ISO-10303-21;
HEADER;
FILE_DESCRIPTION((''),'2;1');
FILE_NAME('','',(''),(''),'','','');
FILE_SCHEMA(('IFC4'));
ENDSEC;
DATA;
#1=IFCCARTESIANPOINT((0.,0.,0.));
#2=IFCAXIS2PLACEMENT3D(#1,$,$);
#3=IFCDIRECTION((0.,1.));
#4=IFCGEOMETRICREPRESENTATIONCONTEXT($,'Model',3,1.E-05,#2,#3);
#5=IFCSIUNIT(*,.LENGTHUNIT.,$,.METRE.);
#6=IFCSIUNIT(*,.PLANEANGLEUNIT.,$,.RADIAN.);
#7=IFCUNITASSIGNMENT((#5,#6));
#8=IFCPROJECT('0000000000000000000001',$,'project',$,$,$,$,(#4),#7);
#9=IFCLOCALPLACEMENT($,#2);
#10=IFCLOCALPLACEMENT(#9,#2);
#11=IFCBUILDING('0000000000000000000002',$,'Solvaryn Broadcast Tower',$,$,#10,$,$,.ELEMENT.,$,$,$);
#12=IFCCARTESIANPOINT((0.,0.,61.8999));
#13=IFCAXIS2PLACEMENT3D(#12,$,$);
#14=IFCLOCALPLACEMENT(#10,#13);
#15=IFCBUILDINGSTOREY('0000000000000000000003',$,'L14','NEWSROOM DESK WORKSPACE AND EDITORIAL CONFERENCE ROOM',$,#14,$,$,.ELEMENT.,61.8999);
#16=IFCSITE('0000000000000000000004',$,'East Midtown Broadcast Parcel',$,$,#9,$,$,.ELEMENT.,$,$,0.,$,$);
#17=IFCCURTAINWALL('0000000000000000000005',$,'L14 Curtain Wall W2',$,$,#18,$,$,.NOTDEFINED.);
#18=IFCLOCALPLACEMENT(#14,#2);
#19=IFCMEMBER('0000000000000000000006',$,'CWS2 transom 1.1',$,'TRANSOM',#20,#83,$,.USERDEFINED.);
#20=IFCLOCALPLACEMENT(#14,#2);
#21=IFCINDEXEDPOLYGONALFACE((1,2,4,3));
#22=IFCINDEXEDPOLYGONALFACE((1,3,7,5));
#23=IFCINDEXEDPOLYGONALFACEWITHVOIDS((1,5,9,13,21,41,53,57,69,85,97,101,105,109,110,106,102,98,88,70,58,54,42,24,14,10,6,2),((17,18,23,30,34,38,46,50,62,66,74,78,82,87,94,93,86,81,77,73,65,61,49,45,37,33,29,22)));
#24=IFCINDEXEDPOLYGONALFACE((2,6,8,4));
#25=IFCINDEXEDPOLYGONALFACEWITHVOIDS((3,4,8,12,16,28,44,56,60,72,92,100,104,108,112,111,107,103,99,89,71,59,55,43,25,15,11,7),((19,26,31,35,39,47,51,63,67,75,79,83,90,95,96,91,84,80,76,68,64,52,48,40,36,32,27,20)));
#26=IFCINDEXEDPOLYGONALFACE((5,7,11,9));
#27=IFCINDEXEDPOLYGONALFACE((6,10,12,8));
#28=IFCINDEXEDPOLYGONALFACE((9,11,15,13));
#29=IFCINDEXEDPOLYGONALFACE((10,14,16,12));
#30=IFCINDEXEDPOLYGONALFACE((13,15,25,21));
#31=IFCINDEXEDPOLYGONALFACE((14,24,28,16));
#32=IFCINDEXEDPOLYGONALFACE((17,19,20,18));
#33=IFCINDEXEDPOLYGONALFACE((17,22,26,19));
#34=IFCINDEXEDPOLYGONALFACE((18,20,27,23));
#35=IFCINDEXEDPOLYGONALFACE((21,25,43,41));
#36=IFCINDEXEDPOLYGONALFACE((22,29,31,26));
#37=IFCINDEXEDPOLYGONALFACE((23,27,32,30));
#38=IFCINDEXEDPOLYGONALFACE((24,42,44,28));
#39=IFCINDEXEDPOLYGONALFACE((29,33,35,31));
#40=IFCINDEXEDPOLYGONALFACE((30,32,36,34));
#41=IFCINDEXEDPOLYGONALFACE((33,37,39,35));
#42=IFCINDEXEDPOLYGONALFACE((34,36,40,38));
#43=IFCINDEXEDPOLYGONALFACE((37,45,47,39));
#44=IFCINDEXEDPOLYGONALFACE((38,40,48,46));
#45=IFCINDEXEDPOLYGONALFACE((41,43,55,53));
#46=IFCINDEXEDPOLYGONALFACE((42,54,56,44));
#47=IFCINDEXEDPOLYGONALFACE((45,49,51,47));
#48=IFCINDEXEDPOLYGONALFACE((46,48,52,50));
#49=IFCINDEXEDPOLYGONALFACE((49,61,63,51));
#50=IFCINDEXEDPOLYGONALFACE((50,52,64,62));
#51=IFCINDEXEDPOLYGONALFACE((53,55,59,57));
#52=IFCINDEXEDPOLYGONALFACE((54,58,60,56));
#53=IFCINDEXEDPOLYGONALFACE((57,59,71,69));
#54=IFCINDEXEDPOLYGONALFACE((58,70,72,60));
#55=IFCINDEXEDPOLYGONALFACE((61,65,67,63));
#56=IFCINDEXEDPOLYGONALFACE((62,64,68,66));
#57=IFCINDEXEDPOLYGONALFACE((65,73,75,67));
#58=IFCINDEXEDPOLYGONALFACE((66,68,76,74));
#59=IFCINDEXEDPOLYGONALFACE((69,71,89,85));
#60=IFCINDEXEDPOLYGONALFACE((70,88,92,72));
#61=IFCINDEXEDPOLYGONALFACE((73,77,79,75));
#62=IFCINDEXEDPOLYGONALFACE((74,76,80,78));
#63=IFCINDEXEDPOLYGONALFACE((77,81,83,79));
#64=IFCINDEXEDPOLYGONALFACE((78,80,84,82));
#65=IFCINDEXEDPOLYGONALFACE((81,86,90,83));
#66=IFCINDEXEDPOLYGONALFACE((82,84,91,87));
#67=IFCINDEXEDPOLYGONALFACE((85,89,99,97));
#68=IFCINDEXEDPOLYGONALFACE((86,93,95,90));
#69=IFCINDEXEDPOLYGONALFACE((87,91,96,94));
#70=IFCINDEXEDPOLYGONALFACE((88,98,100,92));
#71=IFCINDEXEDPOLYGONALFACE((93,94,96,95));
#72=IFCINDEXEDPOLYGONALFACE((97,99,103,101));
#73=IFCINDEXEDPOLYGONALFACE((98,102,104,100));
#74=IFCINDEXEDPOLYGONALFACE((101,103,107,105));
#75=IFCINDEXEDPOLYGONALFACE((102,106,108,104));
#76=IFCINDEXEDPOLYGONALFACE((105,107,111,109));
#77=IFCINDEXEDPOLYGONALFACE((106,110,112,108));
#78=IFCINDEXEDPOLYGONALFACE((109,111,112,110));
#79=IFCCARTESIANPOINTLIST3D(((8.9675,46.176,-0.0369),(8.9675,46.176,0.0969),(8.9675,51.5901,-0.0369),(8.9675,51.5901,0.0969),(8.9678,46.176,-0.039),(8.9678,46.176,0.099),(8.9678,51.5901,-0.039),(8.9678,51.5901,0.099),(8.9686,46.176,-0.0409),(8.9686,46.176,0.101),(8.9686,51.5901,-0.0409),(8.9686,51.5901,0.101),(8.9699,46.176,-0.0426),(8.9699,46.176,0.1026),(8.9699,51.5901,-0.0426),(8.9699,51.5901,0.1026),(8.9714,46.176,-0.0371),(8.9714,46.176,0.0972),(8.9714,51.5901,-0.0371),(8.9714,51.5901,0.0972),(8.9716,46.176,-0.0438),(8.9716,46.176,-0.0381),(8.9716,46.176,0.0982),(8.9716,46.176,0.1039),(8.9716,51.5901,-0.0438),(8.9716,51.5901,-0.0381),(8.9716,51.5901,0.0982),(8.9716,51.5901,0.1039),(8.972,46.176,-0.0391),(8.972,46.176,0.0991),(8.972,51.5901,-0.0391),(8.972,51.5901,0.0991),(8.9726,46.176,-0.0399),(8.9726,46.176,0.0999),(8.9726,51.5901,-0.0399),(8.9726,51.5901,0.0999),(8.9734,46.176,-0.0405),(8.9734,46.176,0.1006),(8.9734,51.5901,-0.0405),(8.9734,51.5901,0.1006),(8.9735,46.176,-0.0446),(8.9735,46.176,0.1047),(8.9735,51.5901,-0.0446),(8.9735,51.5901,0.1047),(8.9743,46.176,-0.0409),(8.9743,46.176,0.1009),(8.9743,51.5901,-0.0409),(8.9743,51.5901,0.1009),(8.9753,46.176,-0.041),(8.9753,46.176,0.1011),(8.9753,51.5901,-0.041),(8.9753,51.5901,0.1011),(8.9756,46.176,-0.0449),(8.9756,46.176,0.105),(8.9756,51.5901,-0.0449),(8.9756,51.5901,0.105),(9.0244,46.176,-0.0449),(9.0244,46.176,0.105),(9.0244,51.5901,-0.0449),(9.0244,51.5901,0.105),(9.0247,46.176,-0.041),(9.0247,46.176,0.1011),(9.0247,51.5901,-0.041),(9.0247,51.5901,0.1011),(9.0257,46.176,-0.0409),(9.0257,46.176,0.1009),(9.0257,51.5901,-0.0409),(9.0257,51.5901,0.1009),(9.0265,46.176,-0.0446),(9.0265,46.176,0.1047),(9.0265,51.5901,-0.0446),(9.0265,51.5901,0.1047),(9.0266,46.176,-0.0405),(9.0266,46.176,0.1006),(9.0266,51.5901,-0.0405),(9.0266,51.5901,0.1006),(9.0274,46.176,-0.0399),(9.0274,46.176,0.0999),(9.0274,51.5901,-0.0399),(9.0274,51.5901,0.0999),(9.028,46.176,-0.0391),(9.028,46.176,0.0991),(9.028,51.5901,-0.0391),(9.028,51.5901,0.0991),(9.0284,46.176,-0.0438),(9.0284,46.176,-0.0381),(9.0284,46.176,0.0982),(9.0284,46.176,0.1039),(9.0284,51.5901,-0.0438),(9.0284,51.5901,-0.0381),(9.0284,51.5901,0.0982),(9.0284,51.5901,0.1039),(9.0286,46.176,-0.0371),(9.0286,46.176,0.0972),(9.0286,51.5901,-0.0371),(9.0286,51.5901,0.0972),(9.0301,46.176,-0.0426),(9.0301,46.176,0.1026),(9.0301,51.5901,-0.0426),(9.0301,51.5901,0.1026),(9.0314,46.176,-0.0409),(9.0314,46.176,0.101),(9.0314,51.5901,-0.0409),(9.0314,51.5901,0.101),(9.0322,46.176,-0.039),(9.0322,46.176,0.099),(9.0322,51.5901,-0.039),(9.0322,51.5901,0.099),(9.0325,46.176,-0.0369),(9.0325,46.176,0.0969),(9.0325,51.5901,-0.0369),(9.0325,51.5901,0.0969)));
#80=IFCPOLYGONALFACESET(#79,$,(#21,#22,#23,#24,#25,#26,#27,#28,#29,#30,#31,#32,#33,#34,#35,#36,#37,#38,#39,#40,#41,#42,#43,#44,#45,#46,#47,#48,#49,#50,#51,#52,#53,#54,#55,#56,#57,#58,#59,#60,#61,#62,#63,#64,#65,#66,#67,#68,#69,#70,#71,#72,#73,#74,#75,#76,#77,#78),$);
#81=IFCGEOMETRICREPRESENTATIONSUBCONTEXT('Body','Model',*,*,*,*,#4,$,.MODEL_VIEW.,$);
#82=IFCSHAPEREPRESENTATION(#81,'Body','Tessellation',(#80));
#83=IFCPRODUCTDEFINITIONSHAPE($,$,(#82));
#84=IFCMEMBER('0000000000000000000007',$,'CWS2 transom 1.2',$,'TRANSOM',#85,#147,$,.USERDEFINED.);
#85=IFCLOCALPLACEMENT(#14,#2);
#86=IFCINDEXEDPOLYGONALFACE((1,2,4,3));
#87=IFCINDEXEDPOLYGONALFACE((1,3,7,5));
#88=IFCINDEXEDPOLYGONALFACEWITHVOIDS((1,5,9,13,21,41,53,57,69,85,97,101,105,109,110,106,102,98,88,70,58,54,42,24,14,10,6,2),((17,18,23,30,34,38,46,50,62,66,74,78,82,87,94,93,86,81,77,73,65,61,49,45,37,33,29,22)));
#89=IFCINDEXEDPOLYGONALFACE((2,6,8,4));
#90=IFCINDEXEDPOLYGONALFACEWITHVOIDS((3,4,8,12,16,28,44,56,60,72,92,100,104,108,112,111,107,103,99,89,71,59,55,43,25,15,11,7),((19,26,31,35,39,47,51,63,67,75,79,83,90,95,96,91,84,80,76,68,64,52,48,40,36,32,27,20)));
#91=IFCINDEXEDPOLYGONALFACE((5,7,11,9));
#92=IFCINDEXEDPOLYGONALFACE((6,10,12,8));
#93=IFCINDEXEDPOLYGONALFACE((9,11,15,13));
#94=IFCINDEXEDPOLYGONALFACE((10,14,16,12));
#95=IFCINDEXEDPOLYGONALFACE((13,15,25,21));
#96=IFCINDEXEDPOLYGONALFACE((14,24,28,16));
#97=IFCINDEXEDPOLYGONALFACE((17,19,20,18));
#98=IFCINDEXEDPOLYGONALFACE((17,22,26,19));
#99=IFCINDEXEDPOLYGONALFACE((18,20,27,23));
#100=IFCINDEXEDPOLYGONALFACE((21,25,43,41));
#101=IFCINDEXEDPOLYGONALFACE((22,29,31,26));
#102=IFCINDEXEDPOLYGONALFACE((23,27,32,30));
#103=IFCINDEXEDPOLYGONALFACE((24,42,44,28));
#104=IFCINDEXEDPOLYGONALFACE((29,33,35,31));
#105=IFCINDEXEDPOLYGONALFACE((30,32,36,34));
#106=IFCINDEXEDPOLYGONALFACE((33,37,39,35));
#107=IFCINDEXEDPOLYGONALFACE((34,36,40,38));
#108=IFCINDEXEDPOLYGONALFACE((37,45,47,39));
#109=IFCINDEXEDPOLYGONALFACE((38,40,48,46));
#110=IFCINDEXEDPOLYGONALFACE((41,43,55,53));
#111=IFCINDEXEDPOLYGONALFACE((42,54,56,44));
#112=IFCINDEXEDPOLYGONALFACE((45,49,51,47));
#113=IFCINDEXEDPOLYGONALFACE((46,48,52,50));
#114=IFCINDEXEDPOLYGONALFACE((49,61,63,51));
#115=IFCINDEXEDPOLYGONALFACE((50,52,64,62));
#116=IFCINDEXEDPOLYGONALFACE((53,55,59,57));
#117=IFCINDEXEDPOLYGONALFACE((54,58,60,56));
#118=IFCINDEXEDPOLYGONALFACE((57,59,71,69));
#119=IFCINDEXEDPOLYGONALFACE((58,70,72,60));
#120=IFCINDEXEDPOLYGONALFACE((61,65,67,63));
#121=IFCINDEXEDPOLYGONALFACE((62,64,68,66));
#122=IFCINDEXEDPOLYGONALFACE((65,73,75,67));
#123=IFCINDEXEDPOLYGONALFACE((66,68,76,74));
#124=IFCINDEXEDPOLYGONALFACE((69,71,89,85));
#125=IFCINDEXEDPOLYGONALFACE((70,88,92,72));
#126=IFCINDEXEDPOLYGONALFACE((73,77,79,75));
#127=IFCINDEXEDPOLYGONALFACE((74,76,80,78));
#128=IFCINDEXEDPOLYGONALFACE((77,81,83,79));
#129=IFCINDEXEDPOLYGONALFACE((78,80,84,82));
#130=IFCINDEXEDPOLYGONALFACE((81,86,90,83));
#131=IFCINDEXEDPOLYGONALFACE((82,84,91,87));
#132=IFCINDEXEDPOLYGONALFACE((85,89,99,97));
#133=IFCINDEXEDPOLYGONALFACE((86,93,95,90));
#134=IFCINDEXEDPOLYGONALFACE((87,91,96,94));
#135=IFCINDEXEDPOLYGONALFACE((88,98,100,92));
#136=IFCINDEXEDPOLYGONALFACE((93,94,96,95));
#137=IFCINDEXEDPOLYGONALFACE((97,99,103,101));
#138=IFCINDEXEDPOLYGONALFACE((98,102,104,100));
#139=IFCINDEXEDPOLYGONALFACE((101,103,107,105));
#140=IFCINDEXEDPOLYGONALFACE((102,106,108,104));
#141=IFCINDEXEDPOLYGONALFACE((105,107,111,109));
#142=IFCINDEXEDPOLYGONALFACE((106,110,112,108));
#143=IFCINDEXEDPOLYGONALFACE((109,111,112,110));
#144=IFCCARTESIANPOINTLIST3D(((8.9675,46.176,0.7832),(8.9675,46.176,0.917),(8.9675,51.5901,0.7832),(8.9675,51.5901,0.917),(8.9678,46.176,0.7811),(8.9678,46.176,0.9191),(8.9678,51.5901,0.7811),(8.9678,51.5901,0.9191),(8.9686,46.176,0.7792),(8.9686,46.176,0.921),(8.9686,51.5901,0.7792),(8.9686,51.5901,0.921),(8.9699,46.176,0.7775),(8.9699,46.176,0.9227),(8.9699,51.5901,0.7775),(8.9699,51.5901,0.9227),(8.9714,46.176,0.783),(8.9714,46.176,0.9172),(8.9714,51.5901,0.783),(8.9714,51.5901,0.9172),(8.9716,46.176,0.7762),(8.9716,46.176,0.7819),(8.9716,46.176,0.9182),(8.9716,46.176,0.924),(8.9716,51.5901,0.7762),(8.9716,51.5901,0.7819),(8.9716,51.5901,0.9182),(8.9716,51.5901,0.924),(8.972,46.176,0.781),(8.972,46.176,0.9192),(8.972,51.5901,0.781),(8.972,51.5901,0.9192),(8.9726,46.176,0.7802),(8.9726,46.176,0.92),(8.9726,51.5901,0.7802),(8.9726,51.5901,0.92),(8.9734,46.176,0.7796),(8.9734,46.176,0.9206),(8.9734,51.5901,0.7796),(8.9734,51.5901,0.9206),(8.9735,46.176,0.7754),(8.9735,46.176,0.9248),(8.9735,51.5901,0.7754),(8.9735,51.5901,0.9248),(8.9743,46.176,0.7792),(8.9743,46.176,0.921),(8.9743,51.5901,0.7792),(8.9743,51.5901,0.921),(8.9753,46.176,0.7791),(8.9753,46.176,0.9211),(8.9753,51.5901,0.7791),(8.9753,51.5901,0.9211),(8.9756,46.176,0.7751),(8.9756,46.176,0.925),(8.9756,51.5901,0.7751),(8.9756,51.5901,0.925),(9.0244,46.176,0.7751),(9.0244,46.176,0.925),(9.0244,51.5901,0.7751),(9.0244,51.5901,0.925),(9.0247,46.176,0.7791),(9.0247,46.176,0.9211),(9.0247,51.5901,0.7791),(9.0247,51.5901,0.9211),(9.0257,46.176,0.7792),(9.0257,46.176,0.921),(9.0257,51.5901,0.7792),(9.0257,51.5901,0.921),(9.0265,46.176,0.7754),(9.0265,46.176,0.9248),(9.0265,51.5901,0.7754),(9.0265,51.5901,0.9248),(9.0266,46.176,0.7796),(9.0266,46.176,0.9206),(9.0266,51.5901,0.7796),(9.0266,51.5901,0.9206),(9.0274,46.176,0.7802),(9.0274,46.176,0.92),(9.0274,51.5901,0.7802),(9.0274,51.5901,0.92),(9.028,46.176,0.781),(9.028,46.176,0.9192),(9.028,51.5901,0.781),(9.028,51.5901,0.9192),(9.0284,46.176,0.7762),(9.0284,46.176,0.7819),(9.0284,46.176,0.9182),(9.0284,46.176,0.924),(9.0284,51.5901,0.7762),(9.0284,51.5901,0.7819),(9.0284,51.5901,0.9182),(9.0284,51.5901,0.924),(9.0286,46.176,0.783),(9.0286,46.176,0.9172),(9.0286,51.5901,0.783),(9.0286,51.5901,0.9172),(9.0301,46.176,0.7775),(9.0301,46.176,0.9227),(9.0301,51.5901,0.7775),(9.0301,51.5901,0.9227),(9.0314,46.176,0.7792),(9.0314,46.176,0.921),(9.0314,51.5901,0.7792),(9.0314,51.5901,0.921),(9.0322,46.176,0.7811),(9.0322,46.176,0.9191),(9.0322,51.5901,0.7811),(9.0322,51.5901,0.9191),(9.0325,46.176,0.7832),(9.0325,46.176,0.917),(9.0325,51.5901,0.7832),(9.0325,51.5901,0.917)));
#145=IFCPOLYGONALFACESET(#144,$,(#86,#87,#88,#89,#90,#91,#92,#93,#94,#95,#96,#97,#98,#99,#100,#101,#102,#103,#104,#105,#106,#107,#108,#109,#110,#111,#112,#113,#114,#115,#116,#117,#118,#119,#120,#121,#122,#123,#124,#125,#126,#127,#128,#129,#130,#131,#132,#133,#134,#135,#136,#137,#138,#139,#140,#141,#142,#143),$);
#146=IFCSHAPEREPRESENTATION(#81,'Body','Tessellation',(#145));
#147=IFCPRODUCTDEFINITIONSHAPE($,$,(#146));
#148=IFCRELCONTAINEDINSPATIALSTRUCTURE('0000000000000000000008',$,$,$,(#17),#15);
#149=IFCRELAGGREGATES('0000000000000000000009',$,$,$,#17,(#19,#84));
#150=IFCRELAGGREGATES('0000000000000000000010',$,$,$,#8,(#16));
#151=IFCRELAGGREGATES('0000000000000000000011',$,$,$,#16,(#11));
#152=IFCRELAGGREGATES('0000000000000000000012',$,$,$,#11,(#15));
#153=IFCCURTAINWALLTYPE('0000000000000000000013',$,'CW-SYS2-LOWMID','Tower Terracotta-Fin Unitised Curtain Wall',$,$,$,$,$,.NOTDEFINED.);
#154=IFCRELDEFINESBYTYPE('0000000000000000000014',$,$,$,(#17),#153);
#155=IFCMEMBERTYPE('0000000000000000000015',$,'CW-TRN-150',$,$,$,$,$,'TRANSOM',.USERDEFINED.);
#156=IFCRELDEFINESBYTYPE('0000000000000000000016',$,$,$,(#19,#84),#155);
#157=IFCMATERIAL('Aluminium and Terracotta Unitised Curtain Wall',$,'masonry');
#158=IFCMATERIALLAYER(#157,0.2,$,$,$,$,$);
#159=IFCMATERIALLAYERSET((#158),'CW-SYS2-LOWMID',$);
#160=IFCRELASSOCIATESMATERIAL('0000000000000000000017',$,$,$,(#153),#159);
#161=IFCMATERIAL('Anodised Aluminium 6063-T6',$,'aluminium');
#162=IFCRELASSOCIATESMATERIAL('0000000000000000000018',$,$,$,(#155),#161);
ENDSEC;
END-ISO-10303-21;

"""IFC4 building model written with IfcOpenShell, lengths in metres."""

from ifc_helpers import new_model, si_unit, direction, frame, origin, origin_2d, place, context, subcontext, project, spatial, hollow_rectangle, extrude, material, layer, layer_set, material_profile, profile_set, type_object, element, aggregate, save


model = new_model("IFC4")

# Units and contexts
model_context = context("Model", 3, precision=1e-05, world=origin(), true_north=direction((0.0, 1.0)))
body_context = subcontext(model_context, "Body", "Model", "MODEL_VIEW")
ifc_project = project(units=[si_unit("LENGTHUNIT", "METRE"), si_unit("PLANEANGLEUNIT", "RADIAN")], contexts=[model_context])

# Site, building, storey
site_placement = place(None, origin())
site = spatial("IfcSite", under=ifc_project, at=site_placement, Name="East Midtown Broadcast Parcel", CompositionType="ELEMENT", RefElevation=0.0)
building_placement = place(site_placement, origin())
building = spatial("IfcBuilding", under=site, at=building_placement, Name="Solvaryn Broadcast Tower", CompositionType="ELEMENT")
storey_placement = place(building_placement, frame((0.0, 0.0, 61.8999)))
storey = spatial("IfcBuildingStorey", under=building, at=storey_placement, Name="L14", Description="NEWSROOM DESK WORKSPACE AND EDITORIAL CONFERENCE ROOM", CompositionType="ELEMENT", Elevation=61.8999)

# Shared definitions
ifc_material_1 = material(Name="Aluminium and Terracotta Unitised Curtain Wall", Category="masonry")
ifc_layer_1 = layer(ifc_material_1, 0.2)
ifc_layer_set_1 = layer_set([ifc_layer_1], Name="CW-SYS2-LOWMID")
curtain_wall_type = type_object("IfcCurtainWallType", Name="CW-SYS2-LOWMID", Description="Tower Terracotta-Fin Unitised Curtain Wall", PredefinedType="NOTDEFINED", material=ifc_layer_set_1)

# Curtain wall
curtain_wall_1_placement = place(storey_placement, origin())
curtain_wall_1 = element("IfcCurtainWall", 1, at=curtain_wall_1_placement, inside=storey, type_object=curtain_wall_type, Name="L14 Curtain Wall W2", PredefinedType="NOTDEFINED")

# Members
ifc_material_2 = material(Name="Anodised Aluminium 6063-T6", Category="aluminium")
ifc_material_profile_1 = material_profile(ifc_material_2, hollow_rectangle(XDim=0.0649, YDim=0.1499, WallThickness=0.0039, InnerFilletRadius=0.0039, OuterFilletRadius=0.0081, at=origin_2d()))
ifc_profile_set_1 = profile_set([ifc_material_profile_1], Name="Anodised Aluminium 6063-T6")
member_type_1 = type_object("IfcMemberType", Name="CW-TRN-150", ElementType="TRANSOM", PredefinedType="USERDEFINED", material=ifc_profile_set_1)
member_1_placement = place(storey_placement, frame((9.0, 46.176, 0.03), z_axis=(0.0, 1.0, 0.0), x_axis=(-1.0, 0.0, 0.0)))
member_1 = element("IfcMember", 2, at=member_1_placement, type_object=member_type_1, Name="CWS2 transom 1.1", ObjectType="TRANSOM", PredefinedType="USERDEFINED", context=body_context, shape_type="SweptSolid", body=[
    extrude(hollow_rectangle(XDim=0.0649, YDim=0.1499, WallThickness=0.0039, InnerFilletRadius=0.0039, OuterFilletRadius=0.0081, at=origin_2d()), origin(), (0.0, 0.0, 1.0), 5.4141),
])
member_2_placement = place(storey_placement, frame((9.0, 46.176, 0.8501), z_axis=(0.0, 1.0, 0.0), x_axis=(-1.0, 0.0, 0.0)))
member_2 = element("IfcMember", 3, at=member_2_placement, type_object=member_type_1, Name="CWS2 transom 1.2", ObjectType="TRANSOM", PredefinedType="USERDEFINED", context=body_context, shape_type="SweptSolid", body=[
    extrude(hollow_rectangle(XDim=0.0649, YDim=0.1499, WallThickness=0.0039, InnerFilletRadius=0.0039, OuterFilletRadius=0.0081, at=origin_2d()), origin(), (0.0, 0.0, 1.0), 5.4141),
])

aggregate(curtain_wall_1, [member_1, member_2])

save(model, "model.ifc")
